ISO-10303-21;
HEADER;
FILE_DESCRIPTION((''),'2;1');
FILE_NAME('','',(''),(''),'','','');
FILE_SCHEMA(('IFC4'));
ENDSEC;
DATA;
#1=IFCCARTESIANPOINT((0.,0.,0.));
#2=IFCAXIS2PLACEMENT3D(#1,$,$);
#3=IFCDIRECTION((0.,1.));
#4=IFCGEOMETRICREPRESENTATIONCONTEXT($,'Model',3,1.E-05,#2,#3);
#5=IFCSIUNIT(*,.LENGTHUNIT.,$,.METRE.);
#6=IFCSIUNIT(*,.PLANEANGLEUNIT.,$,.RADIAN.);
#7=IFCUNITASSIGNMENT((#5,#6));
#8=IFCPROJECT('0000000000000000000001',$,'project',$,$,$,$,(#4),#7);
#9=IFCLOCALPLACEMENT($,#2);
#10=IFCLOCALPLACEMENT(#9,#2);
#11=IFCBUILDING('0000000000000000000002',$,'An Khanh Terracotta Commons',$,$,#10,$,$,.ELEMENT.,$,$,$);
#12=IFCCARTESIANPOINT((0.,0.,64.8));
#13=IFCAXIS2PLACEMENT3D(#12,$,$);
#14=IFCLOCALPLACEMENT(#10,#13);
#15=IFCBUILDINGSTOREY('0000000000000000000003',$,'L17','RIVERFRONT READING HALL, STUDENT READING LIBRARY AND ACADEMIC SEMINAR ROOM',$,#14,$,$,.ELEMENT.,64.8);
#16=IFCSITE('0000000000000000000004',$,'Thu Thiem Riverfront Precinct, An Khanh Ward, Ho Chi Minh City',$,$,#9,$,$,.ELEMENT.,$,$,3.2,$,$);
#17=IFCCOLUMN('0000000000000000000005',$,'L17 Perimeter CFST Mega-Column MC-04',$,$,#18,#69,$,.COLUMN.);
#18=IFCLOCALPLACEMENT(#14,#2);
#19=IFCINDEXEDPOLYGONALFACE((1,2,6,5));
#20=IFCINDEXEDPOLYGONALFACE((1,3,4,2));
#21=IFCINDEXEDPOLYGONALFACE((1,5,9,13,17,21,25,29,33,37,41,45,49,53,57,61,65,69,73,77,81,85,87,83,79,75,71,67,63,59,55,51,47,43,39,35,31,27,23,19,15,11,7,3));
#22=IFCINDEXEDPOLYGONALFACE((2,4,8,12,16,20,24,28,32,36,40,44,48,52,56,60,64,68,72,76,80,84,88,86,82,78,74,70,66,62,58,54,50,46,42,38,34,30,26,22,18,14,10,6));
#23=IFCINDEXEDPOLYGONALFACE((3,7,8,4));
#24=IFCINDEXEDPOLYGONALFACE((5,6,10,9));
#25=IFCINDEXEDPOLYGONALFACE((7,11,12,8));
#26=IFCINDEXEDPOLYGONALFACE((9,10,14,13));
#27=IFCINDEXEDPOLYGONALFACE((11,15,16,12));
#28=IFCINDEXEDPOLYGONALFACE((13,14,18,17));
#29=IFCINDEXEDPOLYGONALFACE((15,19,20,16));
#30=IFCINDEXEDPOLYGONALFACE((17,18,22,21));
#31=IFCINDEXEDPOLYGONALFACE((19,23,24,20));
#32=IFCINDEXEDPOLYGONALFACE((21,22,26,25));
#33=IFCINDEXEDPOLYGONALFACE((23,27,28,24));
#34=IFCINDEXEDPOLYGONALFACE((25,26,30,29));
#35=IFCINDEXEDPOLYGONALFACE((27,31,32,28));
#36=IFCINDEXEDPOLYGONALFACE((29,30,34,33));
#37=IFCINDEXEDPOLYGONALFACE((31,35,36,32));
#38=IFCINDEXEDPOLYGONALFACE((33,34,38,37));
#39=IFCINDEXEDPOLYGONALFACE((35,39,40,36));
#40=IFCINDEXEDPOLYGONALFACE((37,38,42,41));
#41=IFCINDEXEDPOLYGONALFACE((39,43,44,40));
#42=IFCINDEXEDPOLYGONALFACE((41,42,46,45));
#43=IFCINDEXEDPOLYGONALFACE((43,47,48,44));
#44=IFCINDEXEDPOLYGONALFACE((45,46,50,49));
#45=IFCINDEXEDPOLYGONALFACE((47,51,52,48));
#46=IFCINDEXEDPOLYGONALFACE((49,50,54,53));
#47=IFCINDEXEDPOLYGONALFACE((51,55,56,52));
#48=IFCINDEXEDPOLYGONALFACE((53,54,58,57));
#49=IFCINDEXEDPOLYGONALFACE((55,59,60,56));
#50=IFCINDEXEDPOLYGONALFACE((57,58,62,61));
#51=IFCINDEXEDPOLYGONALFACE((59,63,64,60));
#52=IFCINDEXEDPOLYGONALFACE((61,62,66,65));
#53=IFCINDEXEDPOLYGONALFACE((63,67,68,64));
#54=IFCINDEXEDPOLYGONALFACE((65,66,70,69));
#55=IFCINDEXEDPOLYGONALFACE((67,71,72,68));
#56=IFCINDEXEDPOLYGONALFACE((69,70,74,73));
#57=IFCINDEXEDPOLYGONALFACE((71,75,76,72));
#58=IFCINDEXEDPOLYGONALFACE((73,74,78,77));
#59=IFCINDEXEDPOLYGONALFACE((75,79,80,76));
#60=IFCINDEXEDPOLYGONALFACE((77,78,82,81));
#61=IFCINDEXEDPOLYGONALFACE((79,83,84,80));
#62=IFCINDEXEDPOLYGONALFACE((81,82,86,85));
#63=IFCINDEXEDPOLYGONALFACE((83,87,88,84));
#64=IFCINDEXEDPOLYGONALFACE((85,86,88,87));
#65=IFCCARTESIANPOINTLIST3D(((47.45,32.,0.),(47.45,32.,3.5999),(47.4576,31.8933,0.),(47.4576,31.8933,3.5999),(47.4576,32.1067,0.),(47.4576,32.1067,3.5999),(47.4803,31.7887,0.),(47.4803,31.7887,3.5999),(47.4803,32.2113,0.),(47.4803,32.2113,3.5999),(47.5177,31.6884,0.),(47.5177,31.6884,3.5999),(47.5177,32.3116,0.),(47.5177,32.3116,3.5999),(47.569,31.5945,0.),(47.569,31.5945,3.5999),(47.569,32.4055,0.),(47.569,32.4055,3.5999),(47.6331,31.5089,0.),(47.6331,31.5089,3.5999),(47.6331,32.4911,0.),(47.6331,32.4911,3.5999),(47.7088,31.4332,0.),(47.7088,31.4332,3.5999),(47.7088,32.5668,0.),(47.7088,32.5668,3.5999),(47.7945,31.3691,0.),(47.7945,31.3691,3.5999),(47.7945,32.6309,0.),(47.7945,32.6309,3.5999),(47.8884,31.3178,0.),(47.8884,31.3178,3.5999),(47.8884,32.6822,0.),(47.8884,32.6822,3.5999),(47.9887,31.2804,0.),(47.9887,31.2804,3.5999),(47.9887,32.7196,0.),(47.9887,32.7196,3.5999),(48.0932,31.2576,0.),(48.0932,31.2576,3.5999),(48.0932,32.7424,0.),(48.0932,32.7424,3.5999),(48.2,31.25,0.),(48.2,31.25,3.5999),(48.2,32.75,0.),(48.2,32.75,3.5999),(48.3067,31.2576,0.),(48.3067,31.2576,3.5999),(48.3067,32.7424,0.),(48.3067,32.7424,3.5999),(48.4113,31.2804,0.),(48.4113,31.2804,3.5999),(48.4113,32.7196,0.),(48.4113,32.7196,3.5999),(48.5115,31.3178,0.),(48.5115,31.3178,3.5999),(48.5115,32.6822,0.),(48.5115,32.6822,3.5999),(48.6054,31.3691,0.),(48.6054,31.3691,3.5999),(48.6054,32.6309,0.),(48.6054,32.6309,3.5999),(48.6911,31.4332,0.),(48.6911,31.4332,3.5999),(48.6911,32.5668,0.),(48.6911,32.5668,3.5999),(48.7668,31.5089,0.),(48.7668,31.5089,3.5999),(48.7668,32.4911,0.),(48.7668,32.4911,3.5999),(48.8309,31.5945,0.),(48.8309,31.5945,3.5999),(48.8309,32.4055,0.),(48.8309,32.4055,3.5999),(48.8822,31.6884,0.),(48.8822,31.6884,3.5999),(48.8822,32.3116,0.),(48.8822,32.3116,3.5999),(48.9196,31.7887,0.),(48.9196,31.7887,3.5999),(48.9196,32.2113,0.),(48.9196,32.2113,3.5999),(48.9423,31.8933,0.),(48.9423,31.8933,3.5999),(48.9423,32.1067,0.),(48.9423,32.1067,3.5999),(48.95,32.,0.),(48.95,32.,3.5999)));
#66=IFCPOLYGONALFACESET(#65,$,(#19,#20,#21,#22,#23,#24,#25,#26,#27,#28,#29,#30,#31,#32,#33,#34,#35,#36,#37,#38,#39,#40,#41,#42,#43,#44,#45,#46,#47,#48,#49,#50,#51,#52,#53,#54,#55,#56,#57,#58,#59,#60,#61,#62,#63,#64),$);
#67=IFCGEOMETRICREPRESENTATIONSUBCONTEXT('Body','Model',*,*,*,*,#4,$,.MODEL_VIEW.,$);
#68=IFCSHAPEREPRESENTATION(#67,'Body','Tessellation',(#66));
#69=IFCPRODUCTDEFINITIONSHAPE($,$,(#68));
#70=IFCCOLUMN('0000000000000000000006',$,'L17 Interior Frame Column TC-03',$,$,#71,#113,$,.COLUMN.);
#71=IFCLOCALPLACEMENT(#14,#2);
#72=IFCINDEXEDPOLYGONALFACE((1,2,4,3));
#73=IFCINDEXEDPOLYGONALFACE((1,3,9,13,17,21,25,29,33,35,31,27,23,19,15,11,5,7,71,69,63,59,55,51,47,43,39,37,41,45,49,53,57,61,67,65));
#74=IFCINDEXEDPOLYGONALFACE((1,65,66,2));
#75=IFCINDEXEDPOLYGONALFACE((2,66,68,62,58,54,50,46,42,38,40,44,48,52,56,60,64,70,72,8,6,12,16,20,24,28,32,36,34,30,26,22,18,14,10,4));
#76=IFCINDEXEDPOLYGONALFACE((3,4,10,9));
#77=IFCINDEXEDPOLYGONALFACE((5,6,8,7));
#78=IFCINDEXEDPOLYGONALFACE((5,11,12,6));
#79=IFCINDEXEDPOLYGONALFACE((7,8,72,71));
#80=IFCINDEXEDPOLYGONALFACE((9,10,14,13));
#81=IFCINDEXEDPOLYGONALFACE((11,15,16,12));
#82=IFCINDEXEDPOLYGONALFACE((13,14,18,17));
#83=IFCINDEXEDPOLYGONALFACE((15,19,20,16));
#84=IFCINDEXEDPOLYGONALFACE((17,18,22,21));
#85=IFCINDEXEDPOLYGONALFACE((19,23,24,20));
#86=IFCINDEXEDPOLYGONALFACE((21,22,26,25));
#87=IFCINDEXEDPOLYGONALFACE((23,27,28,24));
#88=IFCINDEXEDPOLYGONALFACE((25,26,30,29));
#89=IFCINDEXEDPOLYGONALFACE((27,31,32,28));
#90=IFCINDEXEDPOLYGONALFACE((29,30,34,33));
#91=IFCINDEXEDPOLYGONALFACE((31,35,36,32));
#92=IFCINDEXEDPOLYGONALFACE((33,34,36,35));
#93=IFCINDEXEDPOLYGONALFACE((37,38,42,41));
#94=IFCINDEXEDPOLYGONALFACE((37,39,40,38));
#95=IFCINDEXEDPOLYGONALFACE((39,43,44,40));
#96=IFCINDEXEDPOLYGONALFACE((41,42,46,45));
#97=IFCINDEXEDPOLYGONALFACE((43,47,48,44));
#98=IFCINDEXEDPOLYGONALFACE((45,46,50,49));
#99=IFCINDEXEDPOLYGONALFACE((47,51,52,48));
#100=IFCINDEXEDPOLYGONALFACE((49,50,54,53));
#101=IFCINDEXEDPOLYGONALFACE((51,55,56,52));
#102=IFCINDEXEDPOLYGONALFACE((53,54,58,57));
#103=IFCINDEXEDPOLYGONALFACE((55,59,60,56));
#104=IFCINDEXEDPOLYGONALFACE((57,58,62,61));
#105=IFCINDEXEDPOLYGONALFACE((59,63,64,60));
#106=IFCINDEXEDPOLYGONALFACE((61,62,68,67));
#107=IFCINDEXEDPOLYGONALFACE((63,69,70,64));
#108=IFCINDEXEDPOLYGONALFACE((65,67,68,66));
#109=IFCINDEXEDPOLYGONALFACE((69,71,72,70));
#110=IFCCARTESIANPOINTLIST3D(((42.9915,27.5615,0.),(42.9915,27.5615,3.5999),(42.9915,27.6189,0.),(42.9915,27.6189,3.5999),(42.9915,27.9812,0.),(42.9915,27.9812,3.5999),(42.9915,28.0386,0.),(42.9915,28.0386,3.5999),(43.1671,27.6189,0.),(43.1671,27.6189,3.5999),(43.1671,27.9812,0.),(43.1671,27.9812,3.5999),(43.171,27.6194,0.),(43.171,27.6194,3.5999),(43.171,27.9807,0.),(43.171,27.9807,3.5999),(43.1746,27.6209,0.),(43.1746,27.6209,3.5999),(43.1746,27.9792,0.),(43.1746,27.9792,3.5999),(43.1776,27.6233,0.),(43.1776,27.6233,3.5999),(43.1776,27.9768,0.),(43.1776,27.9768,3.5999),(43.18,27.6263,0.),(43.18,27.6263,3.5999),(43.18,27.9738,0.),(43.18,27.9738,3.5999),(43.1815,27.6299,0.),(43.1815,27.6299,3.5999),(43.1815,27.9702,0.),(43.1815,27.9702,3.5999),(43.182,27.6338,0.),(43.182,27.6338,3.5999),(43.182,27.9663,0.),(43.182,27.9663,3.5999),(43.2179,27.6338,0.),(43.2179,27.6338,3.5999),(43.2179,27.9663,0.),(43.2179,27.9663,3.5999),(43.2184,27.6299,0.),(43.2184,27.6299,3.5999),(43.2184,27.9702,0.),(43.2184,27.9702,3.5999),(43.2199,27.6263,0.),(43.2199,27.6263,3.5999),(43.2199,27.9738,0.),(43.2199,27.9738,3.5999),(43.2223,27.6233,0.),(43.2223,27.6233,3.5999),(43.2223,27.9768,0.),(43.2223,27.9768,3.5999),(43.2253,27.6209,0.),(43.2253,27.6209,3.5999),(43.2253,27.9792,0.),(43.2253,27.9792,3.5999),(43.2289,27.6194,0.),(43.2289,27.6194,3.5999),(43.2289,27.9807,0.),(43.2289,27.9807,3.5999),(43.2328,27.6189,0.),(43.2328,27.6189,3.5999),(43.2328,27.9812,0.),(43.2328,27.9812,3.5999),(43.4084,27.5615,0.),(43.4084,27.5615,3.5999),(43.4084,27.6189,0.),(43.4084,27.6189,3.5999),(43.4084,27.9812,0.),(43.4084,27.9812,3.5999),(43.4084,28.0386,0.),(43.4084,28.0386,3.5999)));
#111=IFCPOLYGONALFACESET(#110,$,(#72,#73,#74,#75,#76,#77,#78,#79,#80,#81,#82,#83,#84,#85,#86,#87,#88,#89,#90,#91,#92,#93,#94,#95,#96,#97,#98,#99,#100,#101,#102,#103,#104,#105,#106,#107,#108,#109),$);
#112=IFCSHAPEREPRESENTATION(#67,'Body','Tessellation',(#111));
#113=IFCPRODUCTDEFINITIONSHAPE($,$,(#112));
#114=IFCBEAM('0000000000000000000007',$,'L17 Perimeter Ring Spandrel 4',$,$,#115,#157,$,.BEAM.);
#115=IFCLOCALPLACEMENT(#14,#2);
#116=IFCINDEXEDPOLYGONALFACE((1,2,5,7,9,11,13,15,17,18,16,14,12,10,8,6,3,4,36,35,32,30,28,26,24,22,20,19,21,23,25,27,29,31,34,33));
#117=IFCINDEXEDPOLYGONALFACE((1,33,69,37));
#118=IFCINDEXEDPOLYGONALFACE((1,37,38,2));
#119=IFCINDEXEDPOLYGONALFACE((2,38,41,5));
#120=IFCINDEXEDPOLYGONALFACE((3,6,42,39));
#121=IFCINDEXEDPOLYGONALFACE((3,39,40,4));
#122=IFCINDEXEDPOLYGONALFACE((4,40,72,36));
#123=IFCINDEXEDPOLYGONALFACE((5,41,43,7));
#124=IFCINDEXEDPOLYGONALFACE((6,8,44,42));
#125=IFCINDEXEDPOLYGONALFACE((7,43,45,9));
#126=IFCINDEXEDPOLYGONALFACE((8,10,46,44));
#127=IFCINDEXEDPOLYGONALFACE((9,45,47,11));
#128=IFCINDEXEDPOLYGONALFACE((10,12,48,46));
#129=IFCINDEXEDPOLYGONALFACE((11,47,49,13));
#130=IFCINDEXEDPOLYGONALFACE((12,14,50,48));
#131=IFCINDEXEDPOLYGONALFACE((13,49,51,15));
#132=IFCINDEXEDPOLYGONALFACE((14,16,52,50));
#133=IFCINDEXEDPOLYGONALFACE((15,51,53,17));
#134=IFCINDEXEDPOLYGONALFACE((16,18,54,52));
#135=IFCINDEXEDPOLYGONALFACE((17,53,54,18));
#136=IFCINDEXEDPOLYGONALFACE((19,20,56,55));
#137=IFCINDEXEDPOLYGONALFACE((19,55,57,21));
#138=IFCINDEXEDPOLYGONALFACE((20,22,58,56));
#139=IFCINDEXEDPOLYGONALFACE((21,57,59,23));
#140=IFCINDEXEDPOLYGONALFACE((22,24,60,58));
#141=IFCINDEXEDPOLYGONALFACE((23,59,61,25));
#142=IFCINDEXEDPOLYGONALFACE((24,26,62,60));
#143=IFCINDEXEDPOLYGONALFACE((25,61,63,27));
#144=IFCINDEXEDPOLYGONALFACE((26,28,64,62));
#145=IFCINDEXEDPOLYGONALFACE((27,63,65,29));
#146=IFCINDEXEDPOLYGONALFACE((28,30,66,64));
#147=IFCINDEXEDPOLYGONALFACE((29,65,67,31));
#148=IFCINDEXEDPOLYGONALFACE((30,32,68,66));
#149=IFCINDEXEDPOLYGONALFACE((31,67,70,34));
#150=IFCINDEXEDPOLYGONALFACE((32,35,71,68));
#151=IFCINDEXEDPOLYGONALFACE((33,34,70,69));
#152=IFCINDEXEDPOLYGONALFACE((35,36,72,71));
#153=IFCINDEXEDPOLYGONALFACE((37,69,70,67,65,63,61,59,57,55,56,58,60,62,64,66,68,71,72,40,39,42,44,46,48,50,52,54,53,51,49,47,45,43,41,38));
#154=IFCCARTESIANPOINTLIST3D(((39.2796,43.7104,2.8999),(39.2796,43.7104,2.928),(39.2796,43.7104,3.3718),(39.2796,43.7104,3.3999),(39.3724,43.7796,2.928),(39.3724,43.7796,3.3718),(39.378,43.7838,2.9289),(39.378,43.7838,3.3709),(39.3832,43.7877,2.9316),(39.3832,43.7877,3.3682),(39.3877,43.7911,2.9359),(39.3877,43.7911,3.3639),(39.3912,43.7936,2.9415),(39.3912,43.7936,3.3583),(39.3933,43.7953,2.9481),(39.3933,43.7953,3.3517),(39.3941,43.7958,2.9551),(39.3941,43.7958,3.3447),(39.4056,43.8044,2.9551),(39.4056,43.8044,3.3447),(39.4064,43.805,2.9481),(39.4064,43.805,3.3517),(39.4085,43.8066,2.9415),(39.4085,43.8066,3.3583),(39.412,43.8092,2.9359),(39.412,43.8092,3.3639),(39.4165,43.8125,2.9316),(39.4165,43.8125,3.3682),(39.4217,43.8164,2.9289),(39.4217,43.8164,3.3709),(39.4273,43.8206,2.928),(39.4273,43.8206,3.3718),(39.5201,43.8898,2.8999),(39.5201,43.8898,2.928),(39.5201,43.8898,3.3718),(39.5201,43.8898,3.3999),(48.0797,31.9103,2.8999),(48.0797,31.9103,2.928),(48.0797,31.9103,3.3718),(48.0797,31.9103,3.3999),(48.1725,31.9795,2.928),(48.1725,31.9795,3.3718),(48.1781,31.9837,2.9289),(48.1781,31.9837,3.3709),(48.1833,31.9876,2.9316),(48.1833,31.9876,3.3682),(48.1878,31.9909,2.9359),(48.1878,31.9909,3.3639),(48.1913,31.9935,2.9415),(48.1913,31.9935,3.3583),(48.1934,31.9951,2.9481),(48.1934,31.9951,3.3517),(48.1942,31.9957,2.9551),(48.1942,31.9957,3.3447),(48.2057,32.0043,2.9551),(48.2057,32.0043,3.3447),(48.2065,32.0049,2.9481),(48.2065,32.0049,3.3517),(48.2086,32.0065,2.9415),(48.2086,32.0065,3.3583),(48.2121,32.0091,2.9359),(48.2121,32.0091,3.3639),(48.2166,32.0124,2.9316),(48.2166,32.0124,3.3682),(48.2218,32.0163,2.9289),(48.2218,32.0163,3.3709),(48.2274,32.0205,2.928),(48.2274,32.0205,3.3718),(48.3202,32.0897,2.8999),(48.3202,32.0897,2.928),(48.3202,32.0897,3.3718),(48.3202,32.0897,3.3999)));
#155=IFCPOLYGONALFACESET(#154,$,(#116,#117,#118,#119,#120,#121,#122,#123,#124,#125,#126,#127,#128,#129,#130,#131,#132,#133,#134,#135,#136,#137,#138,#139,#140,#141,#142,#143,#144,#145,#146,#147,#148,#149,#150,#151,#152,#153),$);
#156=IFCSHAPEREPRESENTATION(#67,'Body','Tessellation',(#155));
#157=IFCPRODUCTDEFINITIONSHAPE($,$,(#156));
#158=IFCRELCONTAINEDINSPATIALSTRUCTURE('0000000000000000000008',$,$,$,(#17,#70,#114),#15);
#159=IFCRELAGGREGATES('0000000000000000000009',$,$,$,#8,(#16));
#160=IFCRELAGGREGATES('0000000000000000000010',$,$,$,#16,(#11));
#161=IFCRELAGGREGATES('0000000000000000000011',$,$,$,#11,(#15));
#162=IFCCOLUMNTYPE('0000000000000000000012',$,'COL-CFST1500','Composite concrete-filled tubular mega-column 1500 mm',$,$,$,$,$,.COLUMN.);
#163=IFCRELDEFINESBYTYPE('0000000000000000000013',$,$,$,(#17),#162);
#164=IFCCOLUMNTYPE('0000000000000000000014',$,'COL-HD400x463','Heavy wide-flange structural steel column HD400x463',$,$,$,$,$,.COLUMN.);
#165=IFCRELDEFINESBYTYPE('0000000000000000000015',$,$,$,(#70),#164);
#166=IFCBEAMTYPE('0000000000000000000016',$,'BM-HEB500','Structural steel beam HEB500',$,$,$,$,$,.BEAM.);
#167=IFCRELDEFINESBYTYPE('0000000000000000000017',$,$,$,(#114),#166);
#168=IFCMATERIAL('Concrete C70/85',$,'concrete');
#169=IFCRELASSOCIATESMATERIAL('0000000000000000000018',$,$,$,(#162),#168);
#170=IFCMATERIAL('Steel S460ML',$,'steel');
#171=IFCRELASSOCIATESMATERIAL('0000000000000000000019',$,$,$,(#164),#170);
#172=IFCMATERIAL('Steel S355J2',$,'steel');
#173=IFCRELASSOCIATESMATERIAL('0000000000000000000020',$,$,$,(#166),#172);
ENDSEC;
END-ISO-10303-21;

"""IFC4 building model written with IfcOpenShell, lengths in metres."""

from ifc_helpers import new_model, si_unit, direction, frame, origin, origin_2d, place, context, subcontext, project, spatial, circle, i_section, extrude, material, material_profile, profile_set, type_object, element, save


model = new_model("IFC4")

# Units and contexts
model_context = context("Model", 3, precision=1e-05, world=origin(), true_north=direction((0.0, 1.0)))
body_context = subcontext(model_context, "Body", "Model", "MODEL_VIEW")
ifc_project = project(units=[si_unit("LENGTHUNIT", "METRE"), si_unit("PLANEANGLEUNIT", "RADIAN")], contexts=[model_context])

# Site, building, storey
site_placement = place(None, origin())
site = spatial("IfcSite", under=ifc_project, at=site_placement, Name="Thu Thiem Riverfront Precinct, An Khanh Ward, Ho Chi Minh City", CompositionType="ELEMENT", RefElevation=3.2)
building_placement = place(site_placement, origin())
building = spatial("IfcBuilding", under=site, at=building_placement, Name="An Khanh Terracotta Commons", CompositionType="ELEMENT")
storey_placement = place(building_placement, frame((0.0, 0.0, 64.8)))
storey = spatial("IfcBuildingStorey", under=building, at=storey_placement, Name="L17", Description="RIVERFRONT READING HALL, STUDENT READING LIBRARY AND ACADEMIC SEMINAR ROOM", CompositionType="ELEMENT", Elevation=64.8)

# Columns
ifc_material_1 = material(Name="Concrete C70/85", Category="concrete")
ifc_material_profile_1 = material_profile(ifc_material_1, circle(Radius=0.75, at=origin_2d()), Name="CFST1500")
ifc_profile_set_1 = profile_set([ifc_material_profile_1], Name="Concrete C70/85")
column_type_1 = type_object("IfcColumnType", Name="COL-CFST1500", Description="Composite concrete-filled tubular mega-column 1500 mm", PredefinedType="COLUMN", material=ifc_profile_set_1)
column_1_placement = place(storey_placement, frame((48.2, 32.0, 0.0), z_axis=(0.0, 0.0, 1.0), x_axis=(1.0, 0.0, 0.0)))
element("IfcColumn", 1, at=column_1_placement, inside=storey, type_object=column_type_1, Name="L17 Perimeter CFST Mega-Column MC-04", PredefinedType="COLUMN", context=body_context, shape_type="SweptSolid", body=[
    extrude(circle(Radius=0.75, at=origin_2d()), origin(), (0.0, 0.0, 1.0), 3.5999),
])
ifc_material_2 = material(Name="Steel S460ML", Category="steel")
ifc_material_profile_2 = material_profile(ifc_material_2, i_section(OverallWidth=0.417, OverallDepth=0.4771, WebThickness=0.0359, FlangeThickness=0.0574, FilletRadius=0.0149, at=origin_2d()), Name="HD400x463")
ifc_profile_set_2 = profile_set([ifc_material_profile_2], Name="Steel S460ML")
column_type_2 = type_object("IfcColumnType", Name="COL-HD400x463", Description="Heavy wide-flange structural steel column HD400x463", PredefinedType="COLUMN", material=ifc_profile_set_2)
column_2_placement = place(storey_placement, frame((43.2, 27.8, 0.0), z_axis=(0.0, 0.0, 1.0), x_axis=(1.0, 0.0, 0.0)))
element("IfcColumn", 2, at=column_2_placement, inside=storey, type_object=column_type_2, Name="L17 Interior Frame Column TC-03", PredefinedType="COLUMN", context=body_context, shape_type="SweptSolid", body=[
    extrude(i_section(OverallWidth=0.417, OverallDepth=0.4771, WebThickness=0.0359, FlangeThickness=0.0574, FilletRadius=0.0149, at=origin_2d()), origin(), (0.0, 0.0, 1.0), 3.5999),
])

# Beam
ifc_material_3 = material(Name="Steel S355J2", Category="steel")
ifc_material_profile_3 = material_profile(ifc_material_3, i_section(OverallWidth=0.3, OverallDepth=0.5, WebThickness=0.0144, FlangeThickness=0.0281, FilletRadius=0.0271, at=origin_2d()), Name="HEB500")
ifc_profile_set_3 = profile_set([ifc_material_profile_3], Name="Steel S355J2")
beam_type_1 = type_object("IfcBeamType", Name="BM-HEB500", Description="Structural steel beam HEB500", PredefinedType="BEAM", material=ifc_profile_set_3)
beam_1_placement = place(storey_placement, frame((48.2, 32.0, 3.1499), z_axis=(-0.597824, 0.801627, 0.0), x_axis=(-0.801627, -0.597824, 0.0)))
element("IfcBeam", 3, at=beam_1_placement, inside=storey, type_object=beam_type_1, Name="L17 Perimeter Ring Spandrel 4", PredefinedType="BEAM", context=body_context, shape_type="SweptSolid", body=[
    extrude(i_section(OverallWidth=0.3, OverallDepth=0.5, WebThickness=0.0144, FlangeThickness=0.0281, FilletRadius=0.0271, at=origin_2d()), origin(), (0.0, 0.0, 1.0), 14.7202),
])

save(model, "model.ifc")
